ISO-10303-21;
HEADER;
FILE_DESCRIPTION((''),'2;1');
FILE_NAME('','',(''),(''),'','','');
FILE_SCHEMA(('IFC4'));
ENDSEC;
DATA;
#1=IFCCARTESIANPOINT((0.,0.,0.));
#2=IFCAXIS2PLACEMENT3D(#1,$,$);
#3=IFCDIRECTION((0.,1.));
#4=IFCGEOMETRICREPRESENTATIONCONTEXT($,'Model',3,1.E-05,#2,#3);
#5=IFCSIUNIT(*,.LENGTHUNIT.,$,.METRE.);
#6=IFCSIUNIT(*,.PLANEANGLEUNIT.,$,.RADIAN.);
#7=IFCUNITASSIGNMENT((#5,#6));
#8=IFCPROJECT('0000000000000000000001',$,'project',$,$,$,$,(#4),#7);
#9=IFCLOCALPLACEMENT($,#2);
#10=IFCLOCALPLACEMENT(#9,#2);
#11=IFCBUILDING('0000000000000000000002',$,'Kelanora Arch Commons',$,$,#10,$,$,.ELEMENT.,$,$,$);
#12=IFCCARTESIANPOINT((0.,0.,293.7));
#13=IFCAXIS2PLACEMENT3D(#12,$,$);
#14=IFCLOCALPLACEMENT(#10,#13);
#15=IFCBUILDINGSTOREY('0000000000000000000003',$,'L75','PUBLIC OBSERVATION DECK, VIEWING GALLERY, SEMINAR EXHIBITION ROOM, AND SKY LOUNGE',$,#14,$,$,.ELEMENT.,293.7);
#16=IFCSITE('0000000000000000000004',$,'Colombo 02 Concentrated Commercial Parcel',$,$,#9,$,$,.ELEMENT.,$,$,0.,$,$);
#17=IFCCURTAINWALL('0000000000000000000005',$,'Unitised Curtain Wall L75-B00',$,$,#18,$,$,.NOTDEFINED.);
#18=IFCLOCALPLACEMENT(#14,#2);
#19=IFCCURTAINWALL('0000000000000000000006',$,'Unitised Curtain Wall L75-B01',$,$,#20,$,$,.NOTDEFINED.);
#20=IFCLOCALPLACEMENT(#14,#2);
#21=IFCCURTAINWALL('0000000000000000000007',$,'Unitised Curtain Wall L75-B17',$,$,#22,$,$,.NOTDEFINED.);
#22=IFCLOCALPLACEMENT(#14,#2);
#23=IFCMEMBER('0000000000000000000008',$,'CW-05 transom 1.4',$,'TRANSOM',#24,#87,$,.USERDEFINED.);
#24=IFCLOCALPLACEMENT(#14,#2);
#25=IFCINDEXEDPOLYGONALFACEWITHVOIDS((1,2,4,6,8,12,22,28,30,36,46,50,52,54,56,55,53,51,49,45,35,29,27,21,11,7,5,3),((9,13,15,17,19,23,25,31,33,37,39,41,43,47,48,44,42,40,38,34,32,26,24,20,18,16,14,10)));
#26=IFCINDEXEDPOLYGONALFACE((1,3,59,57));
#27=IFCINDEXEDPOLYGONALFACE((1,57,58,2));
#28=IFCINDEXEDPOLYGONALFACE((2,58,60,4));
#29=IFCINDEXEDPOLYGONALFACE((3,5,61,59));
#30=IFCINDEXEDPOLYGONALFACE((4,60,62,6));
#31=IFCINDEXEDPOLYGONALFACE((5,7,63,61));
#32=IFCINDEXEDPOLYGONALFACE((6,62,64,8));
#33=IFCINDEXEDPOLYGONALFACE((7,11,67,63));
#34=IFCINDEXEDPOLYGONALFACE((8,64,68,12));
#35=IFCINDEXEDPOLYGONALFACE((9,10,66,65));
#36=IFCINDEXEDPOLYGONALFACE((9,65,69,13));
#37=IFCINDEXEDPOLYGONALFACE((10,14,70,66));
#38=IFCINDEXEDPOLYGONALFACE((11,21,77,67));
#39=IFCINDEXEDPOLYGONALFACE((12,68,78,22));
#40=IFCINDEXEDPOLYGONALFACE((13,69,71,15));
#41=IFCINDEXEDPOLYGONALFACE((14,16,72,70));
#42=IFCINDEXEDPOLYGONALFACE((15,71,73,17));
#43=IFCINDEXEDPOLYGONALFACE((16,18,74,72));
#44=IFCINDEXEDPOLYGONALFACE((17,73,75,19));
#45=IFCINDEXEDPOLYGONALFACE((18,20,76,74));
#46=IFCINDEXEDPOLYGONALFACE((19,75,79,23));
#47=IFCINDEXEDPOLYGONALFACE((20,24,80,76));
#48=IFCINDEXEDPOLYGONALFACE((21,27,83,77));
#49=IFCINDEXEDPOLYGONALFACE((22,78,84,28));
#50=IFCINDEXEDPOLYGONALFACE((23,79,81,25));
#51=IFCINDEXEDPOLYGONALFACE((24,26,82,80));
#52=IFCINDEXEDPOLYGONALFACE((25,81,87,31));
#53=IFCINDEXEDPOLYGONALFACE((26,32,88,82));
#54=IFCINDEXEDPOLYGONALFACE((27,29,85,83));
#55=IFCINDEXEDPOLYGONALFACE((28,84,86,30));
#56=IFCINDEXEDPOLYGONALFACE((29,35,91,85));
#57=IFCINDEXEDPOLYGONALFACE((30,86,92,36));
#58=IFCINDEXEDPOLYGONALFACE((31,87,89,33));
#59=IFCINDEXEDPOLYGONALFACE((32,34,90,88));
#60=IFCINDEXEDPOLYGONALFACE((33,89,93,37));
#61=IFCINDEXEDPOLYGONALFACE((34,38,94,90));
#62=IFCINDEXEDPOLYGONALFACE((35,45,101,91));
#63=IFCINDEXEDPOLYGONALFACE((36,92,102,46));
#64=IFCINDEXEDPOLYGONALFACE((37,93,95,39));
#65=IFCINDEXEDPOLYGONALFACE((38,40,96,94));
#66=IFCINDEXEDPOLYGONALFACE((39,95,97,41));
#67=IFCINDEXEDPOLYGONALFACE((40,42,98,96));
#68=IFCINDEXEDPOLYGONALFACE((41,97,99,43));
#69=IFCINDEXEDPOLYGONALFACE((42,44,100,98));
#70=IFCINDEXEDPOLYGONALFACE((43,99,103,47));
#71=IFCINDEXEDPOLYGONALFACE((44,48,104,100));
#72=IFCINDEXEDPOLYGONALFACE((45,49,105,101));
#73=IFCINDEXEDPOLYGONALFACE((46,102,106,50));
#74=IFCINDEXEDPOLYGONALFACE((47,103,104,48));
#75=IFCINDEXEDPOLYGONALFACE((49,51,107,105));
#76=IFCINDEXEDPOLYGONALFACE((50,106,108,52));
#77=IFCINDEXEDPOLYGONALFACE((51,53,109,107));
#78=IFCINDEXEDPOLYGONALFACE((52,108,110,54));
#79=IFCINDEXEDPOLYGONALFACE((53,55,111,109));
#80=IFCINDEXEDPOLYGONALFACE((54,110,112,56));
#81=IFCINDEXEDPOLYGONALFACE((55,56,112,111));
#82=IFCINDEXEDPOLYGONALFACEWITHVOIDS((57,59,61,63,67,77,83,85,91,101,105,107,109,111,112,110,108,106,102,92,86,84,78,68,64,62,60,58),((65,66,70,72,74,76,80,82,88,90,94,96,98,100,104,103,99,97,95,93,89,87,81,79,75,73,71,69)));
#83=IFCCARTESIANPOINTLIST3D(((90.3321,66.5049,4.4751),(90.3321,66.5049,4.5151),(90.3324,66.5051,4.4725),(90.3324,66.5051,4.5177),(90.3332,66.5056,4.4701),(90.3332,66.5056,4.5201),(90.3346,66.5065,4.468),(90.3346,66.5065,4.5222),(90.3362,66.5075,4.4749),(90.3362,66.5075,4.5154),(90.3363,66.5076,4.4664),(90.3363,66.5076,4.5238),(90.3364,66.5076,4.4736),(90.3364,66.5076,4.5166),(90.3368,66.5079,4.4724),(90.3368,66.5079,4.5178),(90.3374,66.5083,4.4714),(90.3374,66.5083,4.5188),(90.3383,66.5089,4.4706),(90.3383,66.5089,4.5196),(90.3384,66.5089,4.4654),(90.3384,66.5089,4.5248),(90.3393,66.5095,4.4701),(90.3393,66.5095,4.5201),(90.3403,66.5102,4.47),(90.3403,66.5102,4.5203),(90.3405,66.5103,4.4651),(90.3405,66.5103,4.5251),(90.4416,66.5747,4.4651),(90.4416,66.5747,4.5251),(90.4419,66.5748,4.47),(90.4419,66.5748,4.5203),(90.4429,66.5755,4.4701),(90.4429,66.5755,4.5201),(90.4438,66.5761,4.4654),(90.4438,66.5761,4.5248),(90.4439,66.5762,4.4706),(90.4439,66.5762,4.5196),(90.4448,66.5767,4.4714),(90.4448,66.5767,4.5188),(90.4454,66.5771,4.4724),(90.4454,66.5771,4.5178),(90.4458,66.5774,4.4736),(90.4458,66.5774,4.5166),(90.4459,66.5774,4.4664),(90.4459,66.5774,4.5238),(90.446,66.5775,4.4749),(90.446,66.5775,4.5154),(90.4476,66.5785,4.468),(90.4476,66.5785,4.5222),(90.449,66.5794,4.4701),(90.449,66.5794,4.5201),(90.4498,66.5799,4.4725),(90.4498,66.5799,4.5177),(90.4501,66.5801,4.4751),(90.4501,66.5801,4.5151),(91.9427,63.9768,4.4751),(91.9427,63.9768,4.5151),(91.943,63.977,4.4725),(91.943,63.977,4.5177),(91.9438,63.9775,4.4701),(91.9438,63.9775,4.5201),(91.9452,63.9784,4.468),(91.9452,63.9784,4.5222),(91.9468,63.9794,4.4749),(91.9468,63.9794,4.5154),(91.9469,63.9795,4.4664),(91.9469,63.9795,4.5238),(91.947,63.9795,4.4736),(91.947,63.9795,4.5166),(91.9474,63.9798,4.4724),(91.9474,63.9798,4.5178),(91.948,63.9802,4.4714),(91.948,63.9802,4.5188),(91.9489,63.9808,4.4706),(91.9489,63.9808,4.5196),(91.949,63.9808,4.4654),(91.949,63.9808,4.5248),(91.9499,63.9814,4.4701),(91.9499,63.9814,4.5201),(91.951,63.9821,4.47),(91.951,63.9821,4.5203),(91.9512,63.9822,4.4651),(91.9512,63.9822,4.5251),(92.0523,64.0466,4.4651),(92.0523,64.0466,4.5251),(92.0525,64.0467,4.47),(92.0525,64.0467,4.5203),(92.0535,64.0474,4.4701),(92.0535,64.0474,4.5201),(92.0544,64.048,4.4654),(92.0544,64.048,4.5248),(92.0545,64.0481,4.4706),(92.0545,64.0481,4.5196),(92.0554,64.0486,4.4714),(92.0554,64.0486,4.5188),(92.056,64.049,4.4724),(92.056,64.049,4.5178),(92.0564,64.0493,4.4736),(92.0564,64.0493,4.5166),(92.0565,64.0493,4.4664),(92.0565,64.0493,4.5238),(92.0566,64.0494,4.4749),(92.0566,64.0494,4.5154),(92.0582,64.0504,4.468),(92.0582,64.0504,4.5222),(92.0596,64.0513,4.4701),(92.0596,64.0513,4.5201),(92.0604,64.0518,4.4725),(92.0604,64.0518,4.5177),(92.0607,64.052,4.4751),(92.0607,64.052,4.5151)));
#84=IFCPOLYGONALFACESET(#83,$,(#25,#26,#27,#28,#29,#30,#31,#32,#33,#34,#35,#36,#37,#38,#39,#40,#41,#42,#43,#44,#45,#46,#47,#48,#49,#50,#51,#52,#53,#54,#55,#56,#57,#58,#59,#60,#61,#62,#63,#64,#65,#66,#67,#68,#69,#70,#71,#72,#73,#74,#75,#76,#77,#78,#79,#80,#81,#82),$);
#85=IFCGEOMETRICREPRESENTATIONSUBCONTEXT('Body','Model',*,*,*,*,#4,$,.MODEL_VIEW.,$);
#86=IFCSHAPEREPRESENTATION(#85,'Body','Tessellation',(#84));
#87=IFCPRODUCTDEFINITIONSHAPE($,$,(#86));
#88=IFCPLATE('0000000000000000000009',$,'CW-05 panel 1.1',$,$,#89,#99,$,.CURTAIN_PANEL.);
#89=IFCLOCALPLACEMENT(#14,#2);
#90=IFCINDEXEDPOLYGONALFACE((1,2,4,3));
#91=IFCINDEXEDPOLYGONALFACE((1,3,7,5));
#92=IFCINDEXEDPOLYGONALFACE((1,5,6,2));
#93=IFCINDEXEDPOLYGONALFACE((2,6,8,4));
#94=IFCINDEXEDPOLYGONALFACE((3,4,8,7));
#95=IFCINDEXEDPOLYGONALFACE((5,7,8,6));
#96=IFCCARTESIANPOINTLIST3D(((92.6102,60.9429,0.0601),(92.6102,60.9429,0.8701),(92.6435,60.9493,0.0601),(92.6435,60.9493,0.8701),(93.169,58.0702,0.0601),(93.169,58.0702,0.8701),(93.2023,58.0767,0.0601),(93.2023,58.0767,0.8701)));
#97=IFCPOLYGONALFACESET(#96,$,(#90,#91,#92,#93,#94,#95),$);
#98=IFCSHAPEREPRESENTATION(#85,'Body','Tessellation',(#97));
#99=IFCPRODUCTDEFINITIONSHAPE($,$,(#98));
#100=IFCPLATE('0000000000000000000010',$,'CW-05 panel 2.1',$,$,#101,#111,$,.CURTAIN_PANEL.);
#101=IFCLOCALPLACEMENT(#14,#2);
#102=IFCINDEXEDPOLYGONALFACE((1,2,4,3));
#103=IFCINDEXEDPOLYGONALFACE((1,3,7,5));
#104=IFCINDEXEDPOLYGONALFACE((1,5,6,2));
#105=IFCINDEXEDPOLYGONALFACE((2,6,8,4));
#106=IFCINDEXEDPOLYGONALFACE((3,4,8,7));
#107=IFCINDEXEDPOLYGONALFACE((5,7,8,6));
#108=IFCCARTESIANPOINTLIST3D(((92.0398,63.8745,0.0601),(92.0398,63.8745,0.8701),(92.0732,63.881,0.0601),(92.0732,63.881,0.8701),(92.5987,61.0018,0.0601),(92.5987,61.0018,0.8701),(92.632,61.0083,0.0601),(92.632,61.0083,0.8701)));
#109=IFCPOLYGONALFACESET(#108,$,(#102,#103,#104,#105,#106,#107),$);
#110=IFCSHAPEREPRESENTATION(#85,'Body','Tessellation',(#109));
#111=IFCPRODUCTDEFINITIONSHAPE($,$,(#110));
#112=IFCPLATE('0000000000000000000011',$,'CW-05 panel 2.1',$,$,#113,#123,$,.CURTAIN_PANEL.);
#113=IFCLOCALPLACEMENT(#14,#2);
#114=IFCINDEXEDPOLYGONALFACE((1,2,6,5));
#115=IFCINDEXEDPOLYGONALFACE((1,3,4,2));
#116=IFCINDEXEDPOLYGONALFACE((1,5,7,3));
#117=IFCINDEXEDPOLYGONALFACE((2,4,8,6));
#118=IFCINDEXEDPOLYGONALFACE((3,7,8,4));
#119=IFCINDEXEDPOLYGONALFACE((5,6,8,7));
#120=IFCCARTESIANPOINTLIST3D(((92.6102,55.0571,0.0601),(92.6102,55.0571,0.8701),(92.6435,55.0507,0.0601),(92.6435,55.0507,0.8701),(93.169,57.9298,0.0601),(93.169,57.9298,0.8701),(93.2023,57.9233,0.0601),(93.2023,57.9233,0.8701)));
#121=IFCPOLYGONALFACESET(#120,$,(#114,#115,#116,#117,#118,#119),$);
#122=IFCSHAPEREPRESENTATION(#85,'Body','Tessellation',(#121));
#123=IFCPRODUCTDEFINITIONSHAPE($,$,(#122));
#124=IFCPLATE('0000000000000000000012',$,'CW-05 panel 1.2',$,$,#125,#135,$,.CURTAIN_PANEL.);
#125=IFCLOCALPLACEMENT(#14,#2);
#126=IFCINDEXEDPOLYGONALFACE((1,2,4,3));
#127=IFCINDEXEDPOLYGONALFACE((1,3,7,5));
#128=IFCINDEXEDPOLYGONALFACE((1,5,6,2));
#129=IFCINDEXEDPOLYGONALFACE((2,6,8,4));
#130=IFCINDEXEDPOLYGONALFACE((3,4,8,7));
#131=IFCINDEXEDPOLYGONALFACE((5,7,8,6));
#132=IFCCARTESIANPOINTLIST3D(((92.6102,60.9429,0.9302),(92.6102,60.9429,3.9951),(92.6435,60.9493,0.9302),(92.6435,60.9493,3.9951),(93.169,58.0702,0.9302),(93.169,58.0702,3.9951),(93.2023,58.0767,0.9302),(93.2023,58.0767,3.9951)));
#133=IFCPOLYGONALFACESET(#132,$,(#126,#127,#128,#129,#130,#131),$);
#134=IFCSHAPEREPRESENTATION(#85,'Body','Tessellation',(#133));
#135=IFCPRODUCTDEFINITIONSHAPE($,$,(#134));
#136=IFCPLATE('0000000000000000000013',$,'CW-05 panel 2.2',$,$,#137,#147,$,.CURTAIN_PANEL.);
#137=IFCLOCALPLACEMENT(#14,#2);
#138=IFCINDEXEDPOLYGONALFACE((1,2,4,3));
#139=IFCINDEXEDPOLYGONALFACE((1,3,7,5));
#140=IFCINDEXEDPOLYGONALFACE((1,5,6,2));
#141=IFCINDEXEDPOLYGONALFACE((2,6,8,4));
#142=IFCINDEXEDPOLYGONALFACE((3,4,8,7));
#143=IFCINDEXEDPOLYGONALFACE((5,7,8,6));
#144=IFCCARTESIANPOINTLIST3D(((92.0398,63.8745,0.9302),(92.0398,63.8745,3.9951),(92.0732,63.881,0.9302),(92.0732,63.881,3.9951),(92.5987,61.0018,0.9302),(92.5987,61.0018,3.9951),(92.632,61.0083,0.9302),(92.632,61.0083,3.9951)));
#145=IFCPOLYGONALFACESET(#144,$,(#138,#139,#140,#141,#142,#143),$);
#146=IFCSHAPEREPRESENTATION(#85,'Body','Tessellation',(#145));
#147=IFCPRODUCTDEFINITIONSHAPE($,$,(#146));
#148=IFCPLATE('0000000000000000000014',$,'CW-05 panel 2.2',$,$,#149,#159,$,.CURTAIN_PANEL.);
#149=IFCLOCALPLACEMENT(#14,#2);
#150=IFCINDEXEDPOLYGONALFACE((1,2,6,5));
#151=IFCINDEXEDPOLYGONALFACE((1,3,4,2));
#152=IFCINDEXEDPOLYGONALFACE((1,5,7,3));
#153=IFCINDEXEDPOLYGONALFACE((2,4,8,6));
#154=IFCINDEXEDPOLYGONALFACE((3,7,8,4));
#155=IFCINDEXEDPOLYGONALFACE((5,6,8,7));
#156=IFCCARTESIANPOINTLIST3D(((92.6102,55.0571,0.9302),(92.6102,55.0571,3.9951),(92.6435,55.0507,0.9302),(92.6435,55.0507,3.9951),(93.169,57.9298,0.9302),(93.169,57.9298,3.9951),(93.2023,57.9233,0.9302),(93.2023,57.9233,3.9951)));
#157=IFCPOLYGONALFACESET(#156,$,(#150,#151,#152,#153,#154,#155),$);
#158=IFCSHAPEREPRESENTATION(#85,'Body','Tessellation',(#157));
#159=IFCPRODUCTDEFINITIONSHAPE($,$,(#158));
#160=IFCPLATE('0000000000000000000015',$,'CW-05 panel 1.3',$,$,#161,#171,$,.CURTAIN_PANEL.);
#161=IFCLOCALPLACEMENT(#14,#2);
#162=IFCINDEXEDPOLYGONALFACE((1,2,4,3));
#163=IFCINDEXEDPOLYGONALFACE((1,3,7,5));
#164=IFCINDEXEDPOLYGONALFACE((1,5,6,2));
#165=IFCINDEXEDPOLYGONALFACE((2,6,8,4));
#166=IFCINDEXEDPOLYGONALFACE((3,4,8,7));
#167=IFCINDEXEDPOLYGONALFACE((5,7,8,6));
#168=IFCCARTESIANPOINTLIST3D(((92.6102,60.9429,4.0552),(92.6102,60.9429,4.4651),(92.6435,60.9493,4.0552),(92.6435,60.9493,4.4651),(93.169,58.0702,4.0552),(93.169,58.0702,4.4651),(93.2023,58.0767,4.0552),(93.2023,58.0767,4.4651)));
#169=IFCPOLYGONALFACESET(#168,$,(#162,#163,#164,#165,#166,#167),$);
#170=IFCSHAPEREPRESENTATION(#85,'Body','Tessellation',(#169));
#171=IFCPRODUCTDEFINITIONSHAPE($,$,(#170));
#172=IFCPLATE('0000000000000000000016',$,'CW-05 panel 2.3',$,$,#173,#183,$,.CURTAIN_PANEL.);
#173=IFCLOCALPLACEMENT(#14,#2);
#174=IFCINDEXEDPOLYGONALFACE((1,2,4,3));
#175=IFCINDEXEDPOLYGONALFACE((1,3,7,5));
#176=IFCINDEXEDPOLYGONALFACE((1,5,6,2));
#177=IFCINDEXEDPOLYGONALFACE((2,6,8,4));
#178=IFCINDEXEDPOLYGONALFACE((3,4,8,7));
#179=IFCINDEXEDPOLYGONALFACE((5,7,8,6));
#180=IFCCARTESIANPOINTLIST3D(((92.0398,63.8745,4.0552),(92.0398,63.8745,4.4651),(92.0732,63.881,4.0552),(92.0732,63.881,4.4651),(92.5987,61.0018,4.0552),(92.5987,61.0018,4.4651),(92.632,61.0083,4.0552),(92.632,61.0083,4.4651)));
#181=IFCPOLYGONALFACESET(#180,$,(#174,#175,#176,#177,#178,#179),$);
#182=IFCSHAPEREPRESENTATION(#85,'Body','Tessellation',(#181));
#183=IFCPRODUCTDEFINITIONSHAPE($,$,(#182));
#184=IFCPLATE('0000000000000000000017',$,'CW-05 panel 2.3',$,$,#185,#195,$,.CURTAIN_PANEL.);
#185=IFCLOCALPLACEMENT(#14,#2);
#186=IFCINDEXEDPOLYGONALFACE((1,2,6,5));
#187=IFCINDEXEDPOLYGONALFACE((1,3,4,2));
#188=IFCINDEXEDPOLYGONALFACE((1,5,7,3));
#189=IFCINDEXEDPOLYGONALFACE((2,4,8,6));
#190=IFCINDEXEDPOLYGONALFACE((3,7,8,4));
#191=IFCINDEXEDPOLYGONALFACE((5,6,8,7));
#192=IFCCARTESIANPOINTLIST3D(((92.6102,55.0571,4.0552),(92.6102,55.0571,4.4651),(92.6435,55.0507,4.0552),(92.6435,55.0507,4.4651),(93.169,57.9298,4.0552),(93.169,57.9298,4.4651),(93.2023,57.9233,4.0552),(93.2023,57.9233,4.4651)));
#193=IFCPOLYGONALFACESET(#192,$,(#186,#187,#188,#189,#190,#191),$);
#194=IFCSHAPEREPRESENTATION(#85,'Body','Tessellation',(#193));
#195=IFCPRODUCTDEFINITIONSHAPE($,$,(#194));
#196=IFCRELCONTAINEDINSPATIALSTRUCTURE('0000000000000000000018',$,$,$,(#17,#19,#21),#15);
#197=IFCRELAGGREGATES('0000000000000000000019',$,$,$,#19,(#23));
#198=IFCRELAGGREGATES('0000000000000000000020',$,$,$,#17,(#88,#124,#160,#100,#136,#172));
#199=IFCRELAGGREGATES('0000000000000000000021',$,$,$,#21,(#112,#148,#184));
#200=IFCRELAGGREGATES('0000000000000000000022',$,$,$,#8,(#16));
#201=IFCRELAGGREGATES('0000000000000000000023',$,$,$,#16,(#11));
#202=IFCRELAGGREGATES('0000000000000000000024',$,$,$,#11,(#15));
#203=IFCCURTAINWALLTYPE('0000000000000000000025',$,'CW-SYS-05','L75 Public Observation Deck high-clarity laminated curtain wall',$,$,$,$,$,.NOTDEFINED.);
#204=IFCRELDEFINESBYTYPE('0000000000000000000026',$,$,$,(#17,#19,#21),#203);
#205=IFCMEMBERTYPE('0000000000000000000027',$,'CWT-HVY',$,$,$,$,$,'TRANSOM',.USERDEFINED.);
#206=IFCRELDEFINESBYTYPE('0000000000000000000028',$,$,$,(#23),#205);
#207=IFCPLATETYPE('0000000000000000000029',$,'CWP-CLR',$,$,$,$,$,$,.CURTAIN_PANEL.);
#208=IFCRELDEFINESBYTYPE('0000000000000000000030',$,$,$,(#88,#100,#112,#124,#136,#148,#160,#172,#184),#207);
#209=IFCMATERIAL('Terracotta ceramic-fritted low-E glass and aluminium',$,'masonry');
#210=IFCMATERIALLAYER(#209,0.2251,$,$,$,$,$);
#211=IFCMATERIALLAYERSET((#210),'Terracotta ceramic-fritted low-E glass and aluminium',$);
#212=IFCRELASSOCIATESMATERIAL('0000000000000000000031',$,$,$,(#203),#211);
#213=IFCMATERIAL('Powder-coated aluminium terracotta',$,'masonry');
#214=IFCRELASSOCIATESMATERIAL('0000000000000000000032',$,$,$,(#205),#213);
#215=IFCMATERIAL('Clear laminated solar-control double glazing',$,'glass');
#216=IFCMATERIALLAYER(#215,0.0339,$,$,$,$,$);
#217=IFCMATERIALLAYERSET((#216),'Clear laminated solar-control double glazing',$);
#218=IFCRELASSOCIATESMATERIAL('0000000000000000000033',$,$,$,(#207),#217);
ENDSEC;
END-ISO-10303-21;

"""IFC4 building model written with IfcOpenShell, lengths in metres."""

from ifc_helpers import new_model, si_unit, direction, frame, origin, origin_2d, place, context, subcontext, project, spatial, rectangle, hollow_rectangle, extrude, source, transform, mapped, material, layer, layer_set, material_profile, profile_set, type_object, element, aggregate, save


model = new_model("IFC4")

# Units and contexts
model_context = context("Model", 3, precision=1e-05, world=origin(), true_north=direction((0.0, 1.0)))
body_context = subcontext(model_context, "Body", "Model", "MODEL_VIEW")
ifc_project = project(units=[si_unit("LENGTHUNIT", "METRE"), si_unit("PLANEANGLEUNIT", "RADIAN")], contexts=[model_context])

# Site, building, storey
site_placement = place(None, origin())
site = spatial("IfcSite", under=ifc_project, at=site_placement, Name="Colombo 02 Concentrated Commercial Parcel", CompositionType="ELEMENT", RefElevation=0.0)
building_placement = place(site_placement, origin())
building = spatial("IfcBuilding", under=site, at=building_placement, Name="Kelanora Arch Commons", CompositionType="ELEMENT")
storey_placement = place(building_placement, frame((0.0, 0.0, 293.7)))
storey = spatial("IfcBuildingStorey", under=building, at=storey_placement, Name="L75", Description="PUBLIC OBSERVATION DECK, VIEWING GALLERY, SEMINAR EXHIBITION ROOM, AND SKY LOUNGE", CompositionType="ELEMENT", Elevation=293.7)

# Curtain wall
ifc_material_1 = material(Name="Terracotta ceramic-fritted low-E glass and aluminium", Category="masonry")
ifc_layer_1 = layer(ifc_material_1, 0.2251)
ifc_layer_set_1 = layer_set([ifc_layer_1], Name="Terracotta ceramic-fritted low-E glass and aluminium")
curtain_wall_type = type_object("IfcCurtainWallType", Name="CW-SYS-05", Description="L75 Public Observation Deck high-clarity laminated curtain wall", PredefinedType="NOTDEFINED", material=ifc_layer_set_1)
curtain_wall_1_placement = place(storey_placement, origin())
curtain_wall_1 = element("IfcCurtainWall", 1, at=curtain_wall_1_placement, inside=storey, type_object=curtain_wall_type, Name="Unitised Curtain Wall L75-B00", PredefinedType="NOTDEFINED")
ifc_material_2 = material(Name="Powder-coated aluminium terracotta", Category="masonry")

# Curtain walls
curtain_wall_2_placement = place(storey_placement, origin())
curtain_wall_2 = element("IfcCurtainWall", 2, at=curtain_wall_2_placement, inside=storey, type_object=curtain_wall_type, Name="Unitised Curtain Wall L75-B01", PredefinedType="NOTDEFINED")
curtain_wall_3_placement = place(storey_placement, origin())
curtain_wall_3 = element("IfcCurtainWall", 3, at=curtain_wall_3_placement, inside=storey, type_object=curtain_wall_type, Name="Unitised Curtain Wall L75-B17", PredefinedType="NOTDEFINED")

# Member
ifc_material_profile_1 = material_profile(ifc_material_2, hollow_rectangle(XDim=0.1399, YDim=0.0601, WallThickness=0.0049, InnerFilletRadius=0.0049, OuterFilletRadius=0.01, at=origin_2d()), Name="CWT140x60")
ifc_profile_set_1 = profile_set([ifc_material_profile_1], Name="Powder-coated aluminium terracotta")
member_type_1 = type_object("IfcMemberType", Name="CWT-HVY", ElementType="TRANSOM", PredefinedType="USERDEFINED", material=ifc_profile_set_1)
member_1_placement = place(storey_placement, frame((92.0017, 64.0144, 4.4951), z_axis=(-0.537308, 0.843386, 0.0), x_axis=(-0.843386, -0.537308, 0.0)))
member_1 = element("IfcMember", 4, at=member_1_placement, type_object=member_type_1, Name="CW-05 transom 1.4", ObjectType="TRANSOM", PredefinedType="USERDEFINED", context=body_context, shape_type="SweptSolid", body=[
    extrude(hollow_rectangle(XDim=0.1399, YDim=0.0601, WallThickness=0.0049, InnerFilletRadius=0.0049, OuterFilletRadius=0.01, at=origin_2d()), origin(), (0.0, 0.0, 1.0), 2.9976),
])
aggregate(curtain_wall_2, [member_1])

# Plates
ifc_material_3 = material(Name="Clear laminated solar-control double glazing", Category="glass")
ifc_layer_2 = layer(ifc_material_3, 0.0339)
ifc_layer_set_2 = layer_set([ifc_layer_2], Name="Clear laminated solar-control double glazing")
plate_type = type_object("IfcPlateType", Name="CWP-CLR", PredefinedType="CURTAIN_PANEL", material=ifc_layer_set_2)
shared_shape_1 = source(origin(), body_context, "Body", "SweptSolid", [
    extrude(rectangle(XDim=2.9265, YDim=0.0339, at=origin_2d()), origin(), (0.0, 0.0, 1.0), 0.8101),
])
plate_1_placement = place(storey_placement, frame((92.9062, 59.5098, 0.0601), z_axis=(0.0, 0.0, 1.0), x_axis=(-0.190972, 0.981596, 0.0)))
plate_1 = element("IfcPlate", 5, at=plate_1_placement, type_object=plate_type, Name="CW-05 panel 1.1", PredefinedType="CURTAIN_PANEL", context=body_context, shape_type="MappedRepresentation", body=[
    mapped(shared_shape_1, transform((0.0, 0.0, 0.0), scale=1.0)),
])
plate_2_placement = place(storey_placement, frame((92.3359, 62.4414, 0.0601), z_axis=(0.0, 0.0, 1.0), x_axis=(-0.190972, 0.981596, 0.0)))
plate_2 = element("IfcPlate", 6, at=plate_2_placement, type_object=plate_type, Name="CW-05 panel 2.1", PredefinedType="CURTAIN_PANEL", context=body_context, shape_type="MappedRepresentation", body=[
    mapped(shared_shape_1, transform((0.0, 0.0, 0.0), scale=1.0)),
])
plate_3_placement = place(storey_placement, frame((92.9062, 56.4902, 0.0601), z_axis=(0.0, 0.0, 1.0), x_axis=(0.190972, 0.981596, 0.0)))
plate_3 = element("IfcPlate", 7, at=plate_3_placement, type_object=plate_type, Name="CW-05 panel 2.1", PredefinedType="CURTAIN_PANEL", context=body_context, shape_type="MappedRepresentation", body=[
    mapped(shared_shape_1, transform((0.0, 0.0, 0.0), scale=1.0)),
])
shared_shape_2 = source(origin(), body_context, "Body", "SweptSolid", [
    extrude(rectangle(XDim=2.9265, YDim=0.0339, at=origin_2d()), origin(), (0.0, 0.0, 1.0), 3.0649),
])
plate_4_placement = place(storey_placement, frame((92.9062, 59.5098, 0.9302), z_axis=(0.0, 0.0, 1.0), x_axis=(-0.190972, 0.981596, 0.0)))
plate_4 = element("IfcPlate", 8, at=plate_4_placement, type_object=plate_type, Name="CW-05 panel 1.2", PredefinedType="CURTAIN_PANEL", context=body_context, shape_type="MappedRepresentation", body=[
    mapped(shared_shape_2, transform((0.0, 0.0, 0.0), scale=1.0)),
])
plate_5_placement = place(storey_placement, frame((92.3359, 62.4414, 0.9302), z_axis=(0.0, 0.0, 1.0), x_axis=(-0.190972, 0.981596, 0.0)))
plate_5 = element("IfcPlate", 9, at=plate_5_placement, type_object=plate_type, Name="CW-05 panel 2.2", PredefinedType="CURTAIN_PANEL", context=body_context, shape_type="MappedRepresentation", body=[
    mapped(shared_shape_2, transform((0.0, 0.0, 0.0), scale=1.0)),
])
plate_6_placement = place(storey_placement, frame((92.9062, 56.4902, 0.9302), z_axis=(0.0, 0.0, 1.0), x_axis=(0.190972, 0.981596, 0.0)))
plate_6 = element("IfcPlate", 10, at=plate_6_placement, type_object=plate_type, Name="CW-05 panel 2.2", PredefinedType="CURTAIN_PANEL", context=body_context, shape_type="MappedRepresentation", body=[
    mapped(shared_shape_2, transform((0.0, 0.0, 0.0), scale=1.0)),
])
shared_shape_3 = source(origin(), body_context, "Body", "SweptSolid", [
    extrude(rectangle(XDim=2.9265, YDim=0.0339, at=origin_2d()), origin(), (0.0, 0.0, 1.0), 0.4099),
])
plate_7_placement = place(storey_placement, frame((92.9062, 59.5098, 4.0552), z_axis=(0.0, 0.0, 1.0), x_axis=(-0.190972, 0.981596, 0.0)))
plate_7 = element("IfcPlate", 11, at=plate_7_placement, type_object=plate_type, Name="CW-05 panel 1.3", PredefinedType="CURTAIN_PANEL", context=body_context, shape_type="MappedRepresentation", body=[
    mapped(shared_shape_3, transform((0.0, 0.0, 0.0), scale=1.0)),
])
plate_8_placement = place(storey_placement, frame((92.3359, 62.4414, 4.0552), z_axis=(0.0, 0.0, 1.0), x_axis=(-0.190972, 0.981596, 0.0)))
plate_8 = element("IfcPlate", 12, at=plate_8_placement, type_object=plate_type, Name="CW-05 panel 2.3", PredefinedType="CURTAIN_PANEL", context=body_context, shape_type="MappedRepresentation", body=[
    mapped(shared_shape_3, transform((0.0, 0.0, 0.0), scale=1.0)),
])
aggregate(curtain_wall_1, [plate_1, plate_4, plate_7, plate_2, plate_5, plate_8])
plate_9_placement = place(storey_placement, frame((92.9062, 56.4902, 4.0552), z_axis=(0.0, 0.0, 1.0), x_axis=(0.190972, 0.981596, 0.0)))
plate_9 = element("IfcPlate", 13, at=plate_9_placement, type_object=plate_type, Name="CW-05 panel 2.3", PredefinedType="CURTAIN_PANEL", context=body_context, shape_type="MappedRepresentation", body=[
    mapped(shared_shape_3, transform((0.0, 0.0, 0.0), scale=1.0)),
])
aggregate(curtain_wall_3, [plate_3, plate_6, plate_9])

save(model, "model.ifc")
